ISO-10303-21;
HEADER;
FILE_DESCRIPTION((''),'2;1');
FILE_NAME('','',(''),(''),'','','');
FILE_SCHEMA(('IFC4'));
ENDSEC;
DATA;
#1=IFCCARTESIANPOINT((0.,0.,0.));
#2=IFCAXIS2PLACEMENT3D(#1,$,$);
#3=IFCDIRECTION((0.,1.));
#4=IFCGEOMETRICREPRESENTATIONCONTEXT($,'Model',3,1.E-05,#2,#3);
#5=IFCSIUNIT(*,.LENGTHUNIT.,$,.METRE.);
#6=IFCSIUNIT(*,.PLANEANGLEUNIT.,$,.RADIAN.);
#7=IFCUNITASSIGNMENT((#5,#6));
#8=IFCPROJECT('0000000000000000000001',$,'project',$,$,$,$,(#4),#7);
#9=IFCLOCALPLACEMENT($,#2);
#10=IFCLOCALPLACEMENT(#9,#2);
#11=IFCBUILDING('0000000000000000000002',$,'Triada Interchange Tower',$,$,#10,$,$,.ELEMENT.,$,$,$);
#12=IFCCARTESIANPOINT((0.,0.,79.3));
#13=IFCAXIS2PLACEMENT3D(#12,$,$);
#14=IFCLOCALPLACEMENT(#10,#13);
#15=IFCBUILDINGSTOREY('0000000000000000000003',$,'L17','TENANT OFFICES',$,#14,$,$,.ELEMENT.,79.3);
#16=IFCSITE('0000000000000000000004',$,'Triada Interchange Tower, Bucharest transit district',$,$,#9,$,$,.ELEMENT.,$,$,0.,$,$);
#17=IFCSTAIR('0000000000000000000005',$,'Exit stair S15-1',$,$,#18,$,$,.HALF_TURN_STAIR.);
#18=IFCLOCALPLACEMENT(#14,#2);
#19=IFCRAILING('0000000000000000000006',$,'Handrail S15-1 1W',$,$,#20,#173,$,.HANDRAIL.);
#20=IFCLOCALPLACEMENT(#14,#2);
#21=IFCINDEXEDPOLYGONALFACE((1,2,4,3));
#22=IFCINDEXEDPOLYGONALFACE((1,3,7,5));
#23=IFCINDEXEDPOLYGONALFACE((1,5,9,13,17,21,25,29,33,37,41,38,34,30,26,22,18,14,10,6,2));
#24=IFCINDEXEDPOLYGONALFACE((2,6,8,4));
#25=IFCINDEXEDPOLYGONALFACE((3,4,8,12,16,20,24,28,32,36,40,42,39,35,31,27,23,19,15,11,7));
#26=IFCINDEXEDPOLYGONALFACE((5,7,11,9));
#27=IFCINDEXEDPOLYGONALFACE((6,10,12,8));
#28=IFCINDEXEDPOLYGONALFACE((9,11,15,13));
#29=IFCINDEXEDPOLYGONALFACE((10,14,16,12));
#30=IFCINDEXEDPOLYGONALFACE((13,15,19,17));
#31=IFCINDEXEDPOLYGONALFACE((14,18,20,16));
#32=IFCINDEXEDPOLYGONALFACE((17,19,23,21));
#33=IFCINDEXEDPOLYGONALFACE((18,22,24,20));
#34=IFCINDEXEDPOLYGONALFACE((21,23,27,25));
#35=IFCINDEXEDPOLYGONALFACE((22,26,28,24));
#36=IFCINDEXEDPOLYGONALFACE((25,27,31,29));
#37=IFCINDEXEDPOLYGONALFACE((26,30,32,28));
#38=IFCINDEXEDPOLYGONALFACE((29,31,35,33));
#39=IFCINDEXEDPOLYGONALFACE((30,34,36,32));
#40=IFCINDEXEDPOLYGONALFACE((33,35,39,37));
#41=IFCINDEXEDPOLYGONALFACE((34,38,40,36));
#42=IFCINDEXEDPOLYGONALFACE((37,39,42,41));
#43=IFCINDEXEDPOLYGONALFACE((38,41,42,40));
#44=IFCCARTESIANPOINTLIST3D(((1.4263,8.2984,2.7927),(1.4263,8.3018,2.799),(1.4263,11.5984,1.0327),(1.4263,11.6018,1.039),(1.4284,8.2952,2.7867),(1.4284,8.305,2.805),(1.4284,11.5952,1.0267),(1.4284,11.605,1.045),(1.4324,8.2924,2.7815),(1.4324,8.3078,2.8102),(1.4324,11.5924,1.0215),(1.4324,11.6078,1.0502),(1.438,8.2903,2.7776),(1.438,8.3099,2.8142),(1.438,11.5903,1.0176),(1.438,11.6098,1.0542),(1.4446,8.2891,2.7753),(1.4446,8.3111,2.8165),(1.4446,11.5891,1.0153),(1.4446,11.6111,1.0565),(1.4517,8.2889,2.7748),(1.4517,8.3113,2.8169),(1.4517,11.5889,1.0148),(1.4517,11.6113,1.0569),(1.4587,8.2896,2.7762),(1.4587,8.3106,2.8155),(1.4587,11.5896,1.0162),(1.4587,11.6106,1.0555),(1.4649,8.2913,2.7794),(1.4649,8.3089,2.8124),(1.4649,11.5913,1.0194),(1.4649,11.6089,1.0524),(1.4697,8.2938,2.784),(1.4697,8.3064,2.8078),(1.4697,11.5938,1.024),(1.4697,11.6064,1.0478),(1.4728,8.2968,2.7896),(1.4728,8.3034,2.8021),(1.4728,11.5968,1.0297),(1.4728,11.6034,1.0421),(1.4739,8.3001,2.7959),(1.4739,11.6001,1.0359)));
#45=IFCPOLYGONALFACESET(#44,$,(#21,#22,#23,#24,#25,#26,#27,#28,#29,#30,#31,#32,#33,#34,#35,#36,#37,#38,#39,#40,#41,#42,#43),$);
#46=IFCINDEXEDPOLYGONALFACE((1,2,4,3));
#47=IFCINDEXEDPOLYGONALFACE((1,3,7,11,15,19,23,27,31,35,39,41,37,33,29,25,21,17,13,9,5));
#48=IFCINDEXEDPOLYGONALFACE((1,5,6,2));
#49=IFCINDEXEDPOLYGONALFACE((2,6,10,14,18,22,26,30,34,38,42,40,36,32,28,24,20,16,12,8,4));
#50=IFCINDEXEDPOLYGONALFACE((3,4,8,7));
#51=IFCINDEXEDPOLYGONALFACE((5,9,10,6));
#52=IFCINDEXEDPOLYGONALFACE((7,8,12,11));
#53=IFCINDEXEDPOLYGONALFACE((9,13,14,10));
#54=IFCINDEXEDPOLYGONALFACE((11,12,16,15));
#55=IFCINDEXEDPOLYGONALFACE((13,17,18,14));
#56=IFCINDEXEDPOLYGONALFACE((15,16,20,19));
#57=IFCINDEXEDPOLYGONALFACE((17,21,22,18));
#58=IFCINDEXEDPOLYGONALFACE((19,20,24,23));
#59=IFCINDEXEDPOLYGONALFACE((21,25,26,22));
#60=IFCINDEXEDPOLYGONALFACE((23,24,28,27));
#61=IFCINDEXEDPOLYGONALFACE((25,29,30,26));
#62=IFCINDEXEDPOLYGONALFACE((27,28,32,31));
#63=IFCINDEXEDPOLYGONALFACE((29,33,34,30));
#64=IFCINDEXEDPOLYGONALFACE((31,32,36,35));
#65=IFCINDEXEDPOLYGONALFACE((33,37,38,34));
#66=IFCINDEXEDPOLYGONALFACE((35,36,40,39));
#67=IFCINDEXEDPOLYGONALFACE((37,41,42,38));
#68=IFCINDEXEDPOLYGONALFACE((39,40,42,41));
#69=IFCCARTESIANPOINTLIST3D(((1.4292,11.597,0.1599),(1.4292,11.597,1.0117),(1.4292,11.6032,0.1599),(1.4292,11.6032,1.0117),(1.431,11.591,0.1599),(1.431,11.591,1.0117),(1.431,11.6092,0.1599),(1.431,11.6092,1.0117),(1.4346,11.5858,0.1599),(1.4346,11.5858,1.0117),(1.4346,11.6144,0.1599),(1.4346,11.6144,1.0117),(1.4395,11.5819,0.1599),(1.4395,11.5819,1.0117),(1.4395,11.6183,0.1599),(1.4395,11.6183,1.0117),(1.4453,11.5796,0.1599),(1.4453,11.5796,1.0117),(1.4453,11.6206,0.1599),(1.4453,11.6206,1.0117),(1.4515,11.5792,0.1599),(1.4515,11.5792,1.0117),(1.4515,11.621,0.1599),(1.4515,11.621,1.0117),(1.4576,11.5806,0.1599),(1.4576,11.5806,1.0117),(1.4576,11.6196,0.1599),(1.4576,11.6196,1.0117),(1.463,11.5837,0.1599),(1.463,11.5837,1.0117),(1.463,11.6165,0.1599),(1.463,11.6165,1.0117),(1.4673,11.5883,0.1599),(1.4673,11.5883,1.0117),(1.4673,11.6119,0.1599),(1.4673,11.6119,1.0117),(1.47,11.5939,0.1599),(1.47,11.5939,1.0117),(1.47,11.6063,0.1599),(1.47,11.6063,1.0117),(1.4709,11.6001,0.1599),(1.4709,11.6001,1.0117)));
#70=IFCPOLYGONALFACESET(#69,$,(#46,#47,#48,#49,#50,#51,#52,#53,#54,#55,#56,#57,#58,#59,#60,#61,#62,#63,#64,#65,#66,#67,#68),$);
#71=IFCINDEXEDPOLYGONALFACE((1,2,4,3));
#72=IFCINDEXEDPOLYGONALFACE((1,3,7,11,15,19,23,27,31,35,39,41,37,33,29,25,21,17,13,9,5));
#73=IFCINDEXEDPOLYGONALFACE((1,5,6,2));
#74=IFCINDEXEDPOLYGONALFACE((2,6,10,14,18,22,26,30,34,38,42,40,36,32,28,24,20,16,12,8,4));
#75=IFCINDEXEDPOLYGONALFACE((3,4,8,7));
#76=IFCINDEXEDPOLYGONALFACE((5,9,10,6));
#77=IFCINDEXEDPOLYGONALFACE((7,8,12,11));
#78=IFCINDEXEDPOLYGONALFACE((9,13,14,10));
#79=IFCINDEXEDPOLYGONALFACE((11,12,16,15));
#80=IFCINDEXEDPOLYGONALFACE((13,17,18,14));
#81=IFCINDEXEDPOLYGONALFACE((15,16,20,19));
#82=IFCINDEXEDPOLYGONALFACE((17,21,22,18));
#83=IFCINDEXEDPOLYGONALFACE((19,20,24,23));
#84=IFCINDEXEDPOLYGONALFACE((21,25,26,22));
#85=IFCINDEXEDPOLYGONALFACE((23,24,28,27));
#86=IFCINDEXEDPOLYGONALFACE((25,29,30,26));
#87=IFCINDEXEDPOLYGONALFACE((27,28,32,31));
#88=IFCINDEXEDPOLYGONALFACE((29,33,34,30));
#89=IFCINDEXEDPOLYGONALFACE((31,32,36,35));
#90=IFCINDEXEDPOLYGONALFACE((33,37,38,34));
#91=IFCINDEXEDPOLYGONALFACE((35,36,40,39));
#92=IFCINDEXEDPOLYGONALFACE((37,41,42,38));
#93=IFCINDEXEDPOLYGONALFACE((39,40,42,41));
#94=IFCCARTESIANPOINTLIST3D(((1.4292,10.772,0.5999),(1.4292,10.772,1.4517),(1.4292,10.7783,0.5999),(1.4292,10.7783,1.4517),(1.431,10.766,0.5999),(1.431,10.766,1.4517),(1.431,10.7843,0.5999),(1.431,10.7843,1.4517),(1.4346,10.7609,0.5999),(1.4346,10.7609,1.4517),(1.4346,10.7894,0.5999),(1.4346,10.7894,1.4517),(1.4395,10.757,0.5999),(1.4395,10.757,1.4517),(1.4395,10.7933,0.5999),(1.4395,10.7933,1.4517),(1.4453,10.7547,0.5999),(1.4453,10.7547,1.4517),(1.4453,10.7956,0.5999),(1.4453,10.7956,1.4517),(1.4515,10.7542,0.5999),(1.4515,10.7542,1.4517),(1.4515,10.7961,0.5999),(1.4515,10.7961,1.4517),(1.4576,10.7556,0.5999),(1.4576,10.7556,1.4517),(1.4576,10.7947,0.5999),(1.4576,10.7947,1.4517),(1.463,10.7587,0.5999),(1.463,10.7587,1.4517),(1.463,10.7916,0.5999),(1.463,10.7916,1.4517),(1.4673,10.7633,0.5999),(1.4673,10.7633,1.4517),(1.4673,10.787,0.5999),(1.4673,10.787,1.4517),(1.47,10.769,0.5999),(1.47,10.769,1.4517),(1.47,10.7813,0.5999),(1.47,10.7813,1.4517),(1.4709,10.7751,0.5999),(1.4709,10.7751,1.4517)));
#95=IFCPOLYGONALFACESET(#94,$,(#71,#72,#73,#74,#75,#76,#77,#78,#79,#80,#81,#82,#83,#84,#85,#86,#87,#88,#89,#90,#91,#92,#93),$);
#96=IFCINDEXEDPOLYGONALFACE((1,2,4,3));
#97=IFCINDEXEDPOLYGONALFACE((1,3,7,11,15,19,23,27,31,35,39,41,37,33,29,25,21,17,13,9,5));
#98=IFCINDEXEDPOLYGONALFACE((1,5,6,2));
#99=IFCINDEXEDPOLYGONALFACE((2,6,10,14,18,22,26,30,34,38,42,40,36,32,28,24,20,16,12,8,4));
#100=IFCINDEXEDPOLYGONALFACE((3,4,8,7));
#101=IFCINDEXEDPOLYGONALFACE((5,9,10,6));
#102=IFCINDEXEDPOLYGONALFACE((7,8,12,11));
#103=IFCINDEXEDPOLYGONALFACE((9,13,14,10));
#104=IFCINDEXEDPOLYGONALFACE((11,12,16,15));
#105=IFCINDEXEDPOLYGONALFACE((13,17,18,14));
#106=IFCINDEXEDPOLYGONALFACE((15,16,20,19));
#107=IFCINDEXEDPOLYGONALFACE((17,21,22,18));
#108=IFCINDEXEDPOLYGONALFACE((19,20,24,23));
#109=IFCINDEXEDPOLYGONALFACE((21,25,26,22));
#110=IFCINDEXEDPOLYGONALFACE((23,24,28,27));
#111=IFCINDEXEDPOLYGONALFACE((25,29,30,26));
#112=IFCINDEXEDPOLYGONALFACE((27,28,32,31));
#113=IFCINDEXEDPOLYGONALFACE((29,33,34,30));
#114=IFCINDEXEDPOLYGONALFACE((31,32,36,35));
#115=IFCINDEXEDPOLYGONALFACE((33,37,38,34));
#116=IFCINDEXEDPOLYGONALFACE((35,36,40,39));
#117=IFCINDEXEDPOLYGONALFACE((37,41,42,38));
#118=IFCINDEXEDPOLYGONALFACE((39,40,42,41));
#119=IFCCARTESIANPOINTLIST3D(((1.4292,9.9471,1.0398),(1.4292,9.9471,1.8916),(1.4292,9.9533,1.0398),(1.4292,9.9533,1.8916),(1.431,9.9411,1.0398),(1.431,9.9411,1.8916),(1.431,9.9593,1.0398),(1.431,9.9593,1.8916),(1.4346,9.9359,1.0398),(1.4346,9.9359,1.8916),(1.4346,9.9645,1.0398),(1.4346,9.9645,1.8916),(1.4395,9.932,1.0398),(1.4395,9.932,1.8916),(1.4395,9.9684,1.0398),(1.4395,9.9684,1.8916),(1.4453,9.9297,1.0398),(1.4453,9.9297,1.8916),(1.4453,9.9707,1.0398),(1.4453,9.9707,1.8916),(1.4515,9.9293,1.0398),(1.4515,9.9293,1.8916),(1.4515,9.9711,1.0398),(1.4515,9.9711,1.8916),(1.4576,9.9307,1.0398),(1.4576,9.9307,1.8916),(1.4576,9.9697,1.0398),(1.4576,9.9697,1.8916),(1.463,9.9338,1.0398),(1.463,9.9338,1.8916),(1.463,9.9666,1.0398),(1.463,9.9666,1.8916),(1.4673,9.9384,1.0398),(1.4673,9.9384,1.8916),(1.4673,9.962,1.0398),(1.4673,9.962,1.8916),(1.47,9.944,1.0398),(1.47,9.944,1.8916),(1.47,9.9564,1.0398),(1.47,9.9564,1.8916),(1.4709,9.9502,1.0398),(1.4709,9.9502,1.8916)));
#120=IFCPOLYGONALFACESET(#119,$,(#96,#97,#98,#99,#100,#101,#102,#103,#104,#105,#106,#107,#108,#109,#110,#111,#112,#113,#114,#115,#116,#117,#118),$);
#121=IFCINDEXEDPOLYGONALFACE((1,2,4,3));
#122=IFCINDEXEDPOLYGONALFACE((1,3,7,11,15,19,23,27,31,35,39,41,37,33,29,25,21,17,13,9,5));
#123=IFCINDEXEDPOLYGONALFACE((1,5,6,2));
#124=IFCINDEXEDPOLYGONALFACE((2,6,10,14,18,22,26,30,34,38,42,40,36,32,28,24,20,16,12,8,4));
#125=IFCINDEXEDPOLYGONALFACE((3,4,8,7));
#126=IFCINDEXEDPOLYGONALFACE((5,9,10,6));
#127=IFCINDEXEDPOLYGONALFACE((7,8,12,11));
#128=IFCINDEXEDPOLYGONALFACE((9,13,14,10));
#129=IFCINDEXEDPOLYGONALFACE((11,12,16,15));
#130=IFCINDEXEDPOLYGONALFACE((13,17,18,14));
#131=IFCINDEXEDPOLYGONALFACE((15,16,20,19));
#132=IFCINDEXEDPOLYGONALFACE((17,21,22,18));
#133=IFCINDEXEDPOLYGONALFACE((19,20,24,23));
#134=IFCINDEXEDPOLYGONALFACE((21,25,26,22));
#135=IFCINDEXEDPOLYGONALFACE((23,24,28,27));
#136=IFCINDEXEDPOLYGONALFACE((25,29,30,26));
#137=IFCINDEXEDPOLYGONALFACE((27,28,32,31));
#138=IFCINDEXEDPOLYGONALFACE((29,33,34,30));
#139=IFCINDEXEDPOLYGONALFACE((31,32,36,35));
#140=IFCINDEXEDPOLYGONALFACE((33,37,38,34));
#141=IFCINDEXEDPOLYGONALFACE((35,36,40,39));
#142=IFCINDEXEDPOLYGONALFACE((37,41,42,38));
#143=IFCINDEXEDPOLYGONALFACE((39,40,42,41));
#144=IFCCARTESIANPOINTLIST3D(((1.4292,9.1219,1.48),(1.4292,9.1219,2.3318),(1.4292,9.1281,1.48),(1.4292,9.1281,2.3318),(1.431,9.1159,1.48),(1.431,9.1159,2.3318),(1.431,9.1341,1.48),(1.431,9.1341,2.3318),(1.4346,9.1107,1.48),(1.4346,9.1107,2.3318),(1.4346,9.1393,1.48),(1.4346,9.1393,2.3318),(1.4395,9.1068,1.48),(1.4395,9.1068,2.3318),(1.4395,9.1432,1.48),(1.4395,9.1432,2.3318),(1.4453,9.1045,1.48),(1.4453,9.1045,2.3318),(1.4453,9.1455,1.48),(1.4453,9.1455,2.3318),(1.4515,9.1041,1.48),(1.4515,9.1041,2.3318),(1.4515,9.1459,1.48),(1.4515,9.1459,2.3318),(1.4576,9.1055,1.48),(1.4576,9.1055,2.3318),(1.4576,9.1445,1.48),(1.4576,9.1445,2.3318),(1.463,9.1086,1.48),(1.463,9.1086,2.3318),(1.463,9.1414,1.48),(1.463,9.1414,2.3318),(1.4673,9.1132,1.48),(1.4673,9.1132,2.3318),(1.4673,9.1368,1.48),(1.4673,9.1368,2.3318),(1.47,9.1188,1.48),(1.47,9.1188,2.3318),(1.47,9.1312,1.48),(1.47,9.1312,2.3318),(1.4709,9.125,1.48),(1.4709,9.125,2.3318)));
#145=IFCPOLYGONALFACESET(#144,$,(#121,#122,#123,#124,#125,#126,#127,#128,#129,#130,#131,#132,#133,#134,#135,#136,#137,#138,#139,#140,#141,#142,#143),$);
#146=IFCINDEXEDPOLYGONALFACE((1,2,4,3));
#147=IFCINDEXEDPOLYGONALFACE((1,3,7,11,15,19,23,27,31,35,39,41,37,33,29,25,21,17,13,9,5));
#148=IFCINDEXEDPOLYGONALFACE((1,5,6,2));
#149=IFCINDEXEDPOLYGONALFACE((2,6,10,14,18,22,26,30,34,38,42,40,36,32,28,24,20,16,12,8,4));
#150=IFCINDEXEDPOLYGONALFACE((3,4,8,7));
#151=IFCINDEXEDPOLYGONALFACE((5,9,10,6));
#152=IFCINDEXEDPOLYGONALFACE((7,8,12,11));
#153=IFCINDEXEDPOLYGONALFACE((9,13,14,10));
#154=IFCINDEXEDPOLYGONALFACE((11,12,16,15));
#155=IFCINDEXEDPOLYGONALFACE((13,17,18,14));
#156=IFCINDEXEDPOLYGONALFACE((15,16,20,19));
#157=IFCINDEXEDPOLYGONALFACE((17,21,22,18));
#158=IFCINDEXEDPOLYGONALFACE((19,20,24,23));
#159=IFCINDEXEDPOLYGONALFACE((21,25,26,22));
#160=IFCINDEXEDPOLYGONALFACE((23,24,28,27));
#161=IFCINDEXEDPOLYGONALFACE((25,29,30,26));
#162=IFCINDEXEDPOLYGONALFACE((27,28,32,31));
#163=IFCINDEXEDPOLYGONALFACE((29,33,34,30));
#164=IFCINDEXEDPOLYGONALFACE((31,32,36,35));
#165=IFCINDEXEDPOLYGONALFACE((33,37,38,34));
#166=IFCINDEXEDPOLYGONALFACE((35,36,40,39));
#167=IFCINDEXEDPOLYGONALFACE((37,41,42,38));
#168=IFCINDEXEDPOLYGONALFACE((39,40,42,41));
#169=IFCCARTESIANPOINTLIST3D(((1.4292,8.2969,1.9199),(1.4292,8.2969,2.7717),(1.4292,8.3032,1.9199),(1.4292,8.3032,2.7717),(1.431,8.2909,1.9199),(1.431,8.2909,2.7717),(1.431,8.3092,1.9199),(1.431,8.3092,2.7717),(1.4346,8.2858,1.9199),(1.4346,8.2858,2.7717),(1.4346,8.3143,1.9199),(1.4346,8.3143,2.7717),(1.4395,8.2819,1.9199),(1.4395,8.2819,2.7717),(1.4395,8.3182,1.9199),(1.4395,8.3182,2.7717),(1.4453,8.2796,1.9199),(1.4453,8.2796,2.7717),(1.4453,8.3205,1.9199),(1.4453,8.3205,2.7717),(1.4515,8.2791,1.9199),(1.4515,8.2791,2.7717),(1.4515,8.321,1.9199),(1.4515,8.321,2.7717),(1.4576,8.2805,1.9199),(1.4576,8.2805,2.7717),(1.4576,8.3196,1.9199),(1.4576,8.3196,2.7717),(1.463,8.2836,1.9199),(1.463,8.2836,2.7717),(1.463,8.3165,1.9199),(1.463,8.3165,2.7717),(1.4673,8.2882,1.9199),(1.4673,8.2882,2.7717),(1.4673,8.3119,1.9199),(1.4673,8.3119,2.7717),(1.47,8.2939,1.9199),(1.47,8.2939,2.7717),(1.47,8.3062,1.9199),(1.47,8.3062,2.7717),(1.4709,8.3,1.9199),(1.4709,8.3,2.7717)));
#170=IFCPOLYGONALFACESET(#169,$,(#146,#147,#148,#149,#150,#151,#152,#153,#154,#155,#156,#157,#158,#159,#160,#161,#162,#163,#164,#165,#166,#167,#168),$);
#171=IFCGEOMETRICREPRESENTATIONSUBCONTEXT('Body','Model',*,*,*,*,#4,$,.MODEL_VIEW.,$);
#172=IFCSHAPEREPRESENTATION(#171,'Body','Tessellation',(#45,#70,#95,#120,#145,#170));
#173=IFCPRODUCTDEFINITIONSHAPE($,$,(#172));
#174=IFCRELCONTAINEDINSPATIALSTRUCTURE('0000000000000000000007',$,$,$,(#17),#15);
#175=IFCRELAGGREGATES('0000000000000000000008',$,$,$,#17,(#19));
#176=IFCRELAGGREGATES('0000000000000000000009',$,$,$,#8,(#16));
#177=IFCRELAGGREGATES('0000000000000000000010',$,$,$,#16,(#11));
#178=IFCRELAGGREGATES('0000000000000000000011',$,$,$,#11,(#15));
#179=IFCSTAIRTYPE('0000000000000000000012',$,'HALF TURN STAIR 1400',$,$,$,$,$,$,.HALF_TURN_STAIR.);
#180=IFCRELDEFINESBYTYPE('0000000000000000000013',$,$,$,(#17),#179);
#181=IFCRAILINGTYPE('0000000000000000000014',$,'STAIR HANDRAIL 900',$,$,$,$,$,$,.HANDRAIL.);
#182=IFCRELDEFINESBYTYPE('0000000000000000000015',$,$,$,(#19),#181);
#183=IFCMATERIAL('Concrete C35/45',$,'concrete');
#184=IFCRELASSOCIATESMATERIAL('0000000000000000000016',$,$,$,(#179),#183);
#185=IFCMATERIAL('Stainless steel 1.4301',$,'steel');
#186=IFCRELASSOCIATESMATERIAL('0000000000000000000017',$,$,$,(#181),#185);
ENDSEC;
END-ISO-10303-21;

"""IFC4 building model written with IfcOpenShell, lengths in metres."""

from ifc_helpers import new_model, si_unit, direction, frame, origin, origin_2d, place, context, subcontext, project, spatial, circle, extrude, material, type_object, element, aggregate, save


model = new_model("IFC4")

# Units and contexts
model_context = context("Model", 3, precision=1e-05, world=origin(), true_north=direction((0.0, 1.0)))
body_context = subcontext(model_context, "Body", "Model", "MODEL_VIEW")
ifc_project = project(units=[si_unit("LENGTHUNIT", "METRE"), si_unit("PLANEANGLEUNIT", "RADIAN")], contexts=[model_context])

# Site, building, storey
site_placement = place(None, origin())
site = spatial("IfcSite", under=ifc_project, at=site_placement, Name="Triada Interchange Tower, Bucharest transit district", CompositionType="ELEMENT", RefElevation=0.0)
building_placement = place(site_placement, origin())
building = spatial("IfcBuilding", under=site, at=building_placement, Name="Triada Interchange Tower", CompositionType="ELEMENT")
storey_placement = place(building_placement, frame((0.0, 0.0, 79.3)))
storey = spatial("IfcBuildingStorey", under=building, at=storey_placement, Name="L17", Description="TENANT OFFICES", CompositionType="ELEMENT", Elevation=79.3)

# Stair
ifc_material_1 = material(Name="Concrete C35/45", Category="concrete")
stair_type = type_object("IfcStairType", Name="HALF TURN STAIR 1400", PredefinedType="HALF_TURN_STAIR", material=ifc_material_1)
stair_1_placement = place(storey_placement, origin())
stair_1 = element("IfcStair", 1, at=stair_1_placement, inside=storey, type_object=stair_type, Name="Exit stair S15-1", PredefinedType="HALF_TURN_STAIR")

# Railing
ifc_material_2 = material(Name="Stainless steel 1.4301", Category="steel")
railing_type = type_object("IfcRailingType", Name="STAIR HANDRAIL 900", PredefinedType="HANDRAIL", material=ifc_material_2)
railing_1_placement = place(storey_placement, frame((1.45, 11.6001, 0.1599)))
railing_1 = element("IfcRailing", 2, at=railing_1_placement, type_object=railing_type, Name="Handrail S15-1 1W", PredefinedType="HANDRAIL", context=body_context, shape_type="SweptSolid", body=[
    extrude(circle(Radius=0.0239, at=origin_2d()), frame((0.0, 0.0, 0.876), z_axis=(0.0, -0.882355, 0.470585), x_axis=(1.0, 0.0, 0.0)), (0.0, 0.0, 1.0), 3.74),
    extrude(circle(Radius=0.021, at=origin_2d()), origin(), (0.0, 0.0, 1.0), 0.8518),
    extrude(circle(Radius=0.021, at=origin_2d()), frame((0.0, -0.825, 0.4399)), (0.0, 0.0, 1.0), 0.8518),
    extrude(circle(Radius=0.021, at=origin_2d()), frame((0.0, -1.6499, 0.8799)), (0.0, 0.0, 1.0), 0.8518),
    extrude(circle(Radius=0.021, at=origin_2d()), frame((0.0, -2.4751, 1.3201)), (0.0, 0.0, 1.0), 0.8518),
    extrude(circle(Radius=0.021, at=origin_2d()), frame((0.0, -3.3, 1.76)), (0.0, 0.0, 1.0), 0.8518),
])
aggregate(stair_1, [railing_1])

save(model, "model.ifc")
